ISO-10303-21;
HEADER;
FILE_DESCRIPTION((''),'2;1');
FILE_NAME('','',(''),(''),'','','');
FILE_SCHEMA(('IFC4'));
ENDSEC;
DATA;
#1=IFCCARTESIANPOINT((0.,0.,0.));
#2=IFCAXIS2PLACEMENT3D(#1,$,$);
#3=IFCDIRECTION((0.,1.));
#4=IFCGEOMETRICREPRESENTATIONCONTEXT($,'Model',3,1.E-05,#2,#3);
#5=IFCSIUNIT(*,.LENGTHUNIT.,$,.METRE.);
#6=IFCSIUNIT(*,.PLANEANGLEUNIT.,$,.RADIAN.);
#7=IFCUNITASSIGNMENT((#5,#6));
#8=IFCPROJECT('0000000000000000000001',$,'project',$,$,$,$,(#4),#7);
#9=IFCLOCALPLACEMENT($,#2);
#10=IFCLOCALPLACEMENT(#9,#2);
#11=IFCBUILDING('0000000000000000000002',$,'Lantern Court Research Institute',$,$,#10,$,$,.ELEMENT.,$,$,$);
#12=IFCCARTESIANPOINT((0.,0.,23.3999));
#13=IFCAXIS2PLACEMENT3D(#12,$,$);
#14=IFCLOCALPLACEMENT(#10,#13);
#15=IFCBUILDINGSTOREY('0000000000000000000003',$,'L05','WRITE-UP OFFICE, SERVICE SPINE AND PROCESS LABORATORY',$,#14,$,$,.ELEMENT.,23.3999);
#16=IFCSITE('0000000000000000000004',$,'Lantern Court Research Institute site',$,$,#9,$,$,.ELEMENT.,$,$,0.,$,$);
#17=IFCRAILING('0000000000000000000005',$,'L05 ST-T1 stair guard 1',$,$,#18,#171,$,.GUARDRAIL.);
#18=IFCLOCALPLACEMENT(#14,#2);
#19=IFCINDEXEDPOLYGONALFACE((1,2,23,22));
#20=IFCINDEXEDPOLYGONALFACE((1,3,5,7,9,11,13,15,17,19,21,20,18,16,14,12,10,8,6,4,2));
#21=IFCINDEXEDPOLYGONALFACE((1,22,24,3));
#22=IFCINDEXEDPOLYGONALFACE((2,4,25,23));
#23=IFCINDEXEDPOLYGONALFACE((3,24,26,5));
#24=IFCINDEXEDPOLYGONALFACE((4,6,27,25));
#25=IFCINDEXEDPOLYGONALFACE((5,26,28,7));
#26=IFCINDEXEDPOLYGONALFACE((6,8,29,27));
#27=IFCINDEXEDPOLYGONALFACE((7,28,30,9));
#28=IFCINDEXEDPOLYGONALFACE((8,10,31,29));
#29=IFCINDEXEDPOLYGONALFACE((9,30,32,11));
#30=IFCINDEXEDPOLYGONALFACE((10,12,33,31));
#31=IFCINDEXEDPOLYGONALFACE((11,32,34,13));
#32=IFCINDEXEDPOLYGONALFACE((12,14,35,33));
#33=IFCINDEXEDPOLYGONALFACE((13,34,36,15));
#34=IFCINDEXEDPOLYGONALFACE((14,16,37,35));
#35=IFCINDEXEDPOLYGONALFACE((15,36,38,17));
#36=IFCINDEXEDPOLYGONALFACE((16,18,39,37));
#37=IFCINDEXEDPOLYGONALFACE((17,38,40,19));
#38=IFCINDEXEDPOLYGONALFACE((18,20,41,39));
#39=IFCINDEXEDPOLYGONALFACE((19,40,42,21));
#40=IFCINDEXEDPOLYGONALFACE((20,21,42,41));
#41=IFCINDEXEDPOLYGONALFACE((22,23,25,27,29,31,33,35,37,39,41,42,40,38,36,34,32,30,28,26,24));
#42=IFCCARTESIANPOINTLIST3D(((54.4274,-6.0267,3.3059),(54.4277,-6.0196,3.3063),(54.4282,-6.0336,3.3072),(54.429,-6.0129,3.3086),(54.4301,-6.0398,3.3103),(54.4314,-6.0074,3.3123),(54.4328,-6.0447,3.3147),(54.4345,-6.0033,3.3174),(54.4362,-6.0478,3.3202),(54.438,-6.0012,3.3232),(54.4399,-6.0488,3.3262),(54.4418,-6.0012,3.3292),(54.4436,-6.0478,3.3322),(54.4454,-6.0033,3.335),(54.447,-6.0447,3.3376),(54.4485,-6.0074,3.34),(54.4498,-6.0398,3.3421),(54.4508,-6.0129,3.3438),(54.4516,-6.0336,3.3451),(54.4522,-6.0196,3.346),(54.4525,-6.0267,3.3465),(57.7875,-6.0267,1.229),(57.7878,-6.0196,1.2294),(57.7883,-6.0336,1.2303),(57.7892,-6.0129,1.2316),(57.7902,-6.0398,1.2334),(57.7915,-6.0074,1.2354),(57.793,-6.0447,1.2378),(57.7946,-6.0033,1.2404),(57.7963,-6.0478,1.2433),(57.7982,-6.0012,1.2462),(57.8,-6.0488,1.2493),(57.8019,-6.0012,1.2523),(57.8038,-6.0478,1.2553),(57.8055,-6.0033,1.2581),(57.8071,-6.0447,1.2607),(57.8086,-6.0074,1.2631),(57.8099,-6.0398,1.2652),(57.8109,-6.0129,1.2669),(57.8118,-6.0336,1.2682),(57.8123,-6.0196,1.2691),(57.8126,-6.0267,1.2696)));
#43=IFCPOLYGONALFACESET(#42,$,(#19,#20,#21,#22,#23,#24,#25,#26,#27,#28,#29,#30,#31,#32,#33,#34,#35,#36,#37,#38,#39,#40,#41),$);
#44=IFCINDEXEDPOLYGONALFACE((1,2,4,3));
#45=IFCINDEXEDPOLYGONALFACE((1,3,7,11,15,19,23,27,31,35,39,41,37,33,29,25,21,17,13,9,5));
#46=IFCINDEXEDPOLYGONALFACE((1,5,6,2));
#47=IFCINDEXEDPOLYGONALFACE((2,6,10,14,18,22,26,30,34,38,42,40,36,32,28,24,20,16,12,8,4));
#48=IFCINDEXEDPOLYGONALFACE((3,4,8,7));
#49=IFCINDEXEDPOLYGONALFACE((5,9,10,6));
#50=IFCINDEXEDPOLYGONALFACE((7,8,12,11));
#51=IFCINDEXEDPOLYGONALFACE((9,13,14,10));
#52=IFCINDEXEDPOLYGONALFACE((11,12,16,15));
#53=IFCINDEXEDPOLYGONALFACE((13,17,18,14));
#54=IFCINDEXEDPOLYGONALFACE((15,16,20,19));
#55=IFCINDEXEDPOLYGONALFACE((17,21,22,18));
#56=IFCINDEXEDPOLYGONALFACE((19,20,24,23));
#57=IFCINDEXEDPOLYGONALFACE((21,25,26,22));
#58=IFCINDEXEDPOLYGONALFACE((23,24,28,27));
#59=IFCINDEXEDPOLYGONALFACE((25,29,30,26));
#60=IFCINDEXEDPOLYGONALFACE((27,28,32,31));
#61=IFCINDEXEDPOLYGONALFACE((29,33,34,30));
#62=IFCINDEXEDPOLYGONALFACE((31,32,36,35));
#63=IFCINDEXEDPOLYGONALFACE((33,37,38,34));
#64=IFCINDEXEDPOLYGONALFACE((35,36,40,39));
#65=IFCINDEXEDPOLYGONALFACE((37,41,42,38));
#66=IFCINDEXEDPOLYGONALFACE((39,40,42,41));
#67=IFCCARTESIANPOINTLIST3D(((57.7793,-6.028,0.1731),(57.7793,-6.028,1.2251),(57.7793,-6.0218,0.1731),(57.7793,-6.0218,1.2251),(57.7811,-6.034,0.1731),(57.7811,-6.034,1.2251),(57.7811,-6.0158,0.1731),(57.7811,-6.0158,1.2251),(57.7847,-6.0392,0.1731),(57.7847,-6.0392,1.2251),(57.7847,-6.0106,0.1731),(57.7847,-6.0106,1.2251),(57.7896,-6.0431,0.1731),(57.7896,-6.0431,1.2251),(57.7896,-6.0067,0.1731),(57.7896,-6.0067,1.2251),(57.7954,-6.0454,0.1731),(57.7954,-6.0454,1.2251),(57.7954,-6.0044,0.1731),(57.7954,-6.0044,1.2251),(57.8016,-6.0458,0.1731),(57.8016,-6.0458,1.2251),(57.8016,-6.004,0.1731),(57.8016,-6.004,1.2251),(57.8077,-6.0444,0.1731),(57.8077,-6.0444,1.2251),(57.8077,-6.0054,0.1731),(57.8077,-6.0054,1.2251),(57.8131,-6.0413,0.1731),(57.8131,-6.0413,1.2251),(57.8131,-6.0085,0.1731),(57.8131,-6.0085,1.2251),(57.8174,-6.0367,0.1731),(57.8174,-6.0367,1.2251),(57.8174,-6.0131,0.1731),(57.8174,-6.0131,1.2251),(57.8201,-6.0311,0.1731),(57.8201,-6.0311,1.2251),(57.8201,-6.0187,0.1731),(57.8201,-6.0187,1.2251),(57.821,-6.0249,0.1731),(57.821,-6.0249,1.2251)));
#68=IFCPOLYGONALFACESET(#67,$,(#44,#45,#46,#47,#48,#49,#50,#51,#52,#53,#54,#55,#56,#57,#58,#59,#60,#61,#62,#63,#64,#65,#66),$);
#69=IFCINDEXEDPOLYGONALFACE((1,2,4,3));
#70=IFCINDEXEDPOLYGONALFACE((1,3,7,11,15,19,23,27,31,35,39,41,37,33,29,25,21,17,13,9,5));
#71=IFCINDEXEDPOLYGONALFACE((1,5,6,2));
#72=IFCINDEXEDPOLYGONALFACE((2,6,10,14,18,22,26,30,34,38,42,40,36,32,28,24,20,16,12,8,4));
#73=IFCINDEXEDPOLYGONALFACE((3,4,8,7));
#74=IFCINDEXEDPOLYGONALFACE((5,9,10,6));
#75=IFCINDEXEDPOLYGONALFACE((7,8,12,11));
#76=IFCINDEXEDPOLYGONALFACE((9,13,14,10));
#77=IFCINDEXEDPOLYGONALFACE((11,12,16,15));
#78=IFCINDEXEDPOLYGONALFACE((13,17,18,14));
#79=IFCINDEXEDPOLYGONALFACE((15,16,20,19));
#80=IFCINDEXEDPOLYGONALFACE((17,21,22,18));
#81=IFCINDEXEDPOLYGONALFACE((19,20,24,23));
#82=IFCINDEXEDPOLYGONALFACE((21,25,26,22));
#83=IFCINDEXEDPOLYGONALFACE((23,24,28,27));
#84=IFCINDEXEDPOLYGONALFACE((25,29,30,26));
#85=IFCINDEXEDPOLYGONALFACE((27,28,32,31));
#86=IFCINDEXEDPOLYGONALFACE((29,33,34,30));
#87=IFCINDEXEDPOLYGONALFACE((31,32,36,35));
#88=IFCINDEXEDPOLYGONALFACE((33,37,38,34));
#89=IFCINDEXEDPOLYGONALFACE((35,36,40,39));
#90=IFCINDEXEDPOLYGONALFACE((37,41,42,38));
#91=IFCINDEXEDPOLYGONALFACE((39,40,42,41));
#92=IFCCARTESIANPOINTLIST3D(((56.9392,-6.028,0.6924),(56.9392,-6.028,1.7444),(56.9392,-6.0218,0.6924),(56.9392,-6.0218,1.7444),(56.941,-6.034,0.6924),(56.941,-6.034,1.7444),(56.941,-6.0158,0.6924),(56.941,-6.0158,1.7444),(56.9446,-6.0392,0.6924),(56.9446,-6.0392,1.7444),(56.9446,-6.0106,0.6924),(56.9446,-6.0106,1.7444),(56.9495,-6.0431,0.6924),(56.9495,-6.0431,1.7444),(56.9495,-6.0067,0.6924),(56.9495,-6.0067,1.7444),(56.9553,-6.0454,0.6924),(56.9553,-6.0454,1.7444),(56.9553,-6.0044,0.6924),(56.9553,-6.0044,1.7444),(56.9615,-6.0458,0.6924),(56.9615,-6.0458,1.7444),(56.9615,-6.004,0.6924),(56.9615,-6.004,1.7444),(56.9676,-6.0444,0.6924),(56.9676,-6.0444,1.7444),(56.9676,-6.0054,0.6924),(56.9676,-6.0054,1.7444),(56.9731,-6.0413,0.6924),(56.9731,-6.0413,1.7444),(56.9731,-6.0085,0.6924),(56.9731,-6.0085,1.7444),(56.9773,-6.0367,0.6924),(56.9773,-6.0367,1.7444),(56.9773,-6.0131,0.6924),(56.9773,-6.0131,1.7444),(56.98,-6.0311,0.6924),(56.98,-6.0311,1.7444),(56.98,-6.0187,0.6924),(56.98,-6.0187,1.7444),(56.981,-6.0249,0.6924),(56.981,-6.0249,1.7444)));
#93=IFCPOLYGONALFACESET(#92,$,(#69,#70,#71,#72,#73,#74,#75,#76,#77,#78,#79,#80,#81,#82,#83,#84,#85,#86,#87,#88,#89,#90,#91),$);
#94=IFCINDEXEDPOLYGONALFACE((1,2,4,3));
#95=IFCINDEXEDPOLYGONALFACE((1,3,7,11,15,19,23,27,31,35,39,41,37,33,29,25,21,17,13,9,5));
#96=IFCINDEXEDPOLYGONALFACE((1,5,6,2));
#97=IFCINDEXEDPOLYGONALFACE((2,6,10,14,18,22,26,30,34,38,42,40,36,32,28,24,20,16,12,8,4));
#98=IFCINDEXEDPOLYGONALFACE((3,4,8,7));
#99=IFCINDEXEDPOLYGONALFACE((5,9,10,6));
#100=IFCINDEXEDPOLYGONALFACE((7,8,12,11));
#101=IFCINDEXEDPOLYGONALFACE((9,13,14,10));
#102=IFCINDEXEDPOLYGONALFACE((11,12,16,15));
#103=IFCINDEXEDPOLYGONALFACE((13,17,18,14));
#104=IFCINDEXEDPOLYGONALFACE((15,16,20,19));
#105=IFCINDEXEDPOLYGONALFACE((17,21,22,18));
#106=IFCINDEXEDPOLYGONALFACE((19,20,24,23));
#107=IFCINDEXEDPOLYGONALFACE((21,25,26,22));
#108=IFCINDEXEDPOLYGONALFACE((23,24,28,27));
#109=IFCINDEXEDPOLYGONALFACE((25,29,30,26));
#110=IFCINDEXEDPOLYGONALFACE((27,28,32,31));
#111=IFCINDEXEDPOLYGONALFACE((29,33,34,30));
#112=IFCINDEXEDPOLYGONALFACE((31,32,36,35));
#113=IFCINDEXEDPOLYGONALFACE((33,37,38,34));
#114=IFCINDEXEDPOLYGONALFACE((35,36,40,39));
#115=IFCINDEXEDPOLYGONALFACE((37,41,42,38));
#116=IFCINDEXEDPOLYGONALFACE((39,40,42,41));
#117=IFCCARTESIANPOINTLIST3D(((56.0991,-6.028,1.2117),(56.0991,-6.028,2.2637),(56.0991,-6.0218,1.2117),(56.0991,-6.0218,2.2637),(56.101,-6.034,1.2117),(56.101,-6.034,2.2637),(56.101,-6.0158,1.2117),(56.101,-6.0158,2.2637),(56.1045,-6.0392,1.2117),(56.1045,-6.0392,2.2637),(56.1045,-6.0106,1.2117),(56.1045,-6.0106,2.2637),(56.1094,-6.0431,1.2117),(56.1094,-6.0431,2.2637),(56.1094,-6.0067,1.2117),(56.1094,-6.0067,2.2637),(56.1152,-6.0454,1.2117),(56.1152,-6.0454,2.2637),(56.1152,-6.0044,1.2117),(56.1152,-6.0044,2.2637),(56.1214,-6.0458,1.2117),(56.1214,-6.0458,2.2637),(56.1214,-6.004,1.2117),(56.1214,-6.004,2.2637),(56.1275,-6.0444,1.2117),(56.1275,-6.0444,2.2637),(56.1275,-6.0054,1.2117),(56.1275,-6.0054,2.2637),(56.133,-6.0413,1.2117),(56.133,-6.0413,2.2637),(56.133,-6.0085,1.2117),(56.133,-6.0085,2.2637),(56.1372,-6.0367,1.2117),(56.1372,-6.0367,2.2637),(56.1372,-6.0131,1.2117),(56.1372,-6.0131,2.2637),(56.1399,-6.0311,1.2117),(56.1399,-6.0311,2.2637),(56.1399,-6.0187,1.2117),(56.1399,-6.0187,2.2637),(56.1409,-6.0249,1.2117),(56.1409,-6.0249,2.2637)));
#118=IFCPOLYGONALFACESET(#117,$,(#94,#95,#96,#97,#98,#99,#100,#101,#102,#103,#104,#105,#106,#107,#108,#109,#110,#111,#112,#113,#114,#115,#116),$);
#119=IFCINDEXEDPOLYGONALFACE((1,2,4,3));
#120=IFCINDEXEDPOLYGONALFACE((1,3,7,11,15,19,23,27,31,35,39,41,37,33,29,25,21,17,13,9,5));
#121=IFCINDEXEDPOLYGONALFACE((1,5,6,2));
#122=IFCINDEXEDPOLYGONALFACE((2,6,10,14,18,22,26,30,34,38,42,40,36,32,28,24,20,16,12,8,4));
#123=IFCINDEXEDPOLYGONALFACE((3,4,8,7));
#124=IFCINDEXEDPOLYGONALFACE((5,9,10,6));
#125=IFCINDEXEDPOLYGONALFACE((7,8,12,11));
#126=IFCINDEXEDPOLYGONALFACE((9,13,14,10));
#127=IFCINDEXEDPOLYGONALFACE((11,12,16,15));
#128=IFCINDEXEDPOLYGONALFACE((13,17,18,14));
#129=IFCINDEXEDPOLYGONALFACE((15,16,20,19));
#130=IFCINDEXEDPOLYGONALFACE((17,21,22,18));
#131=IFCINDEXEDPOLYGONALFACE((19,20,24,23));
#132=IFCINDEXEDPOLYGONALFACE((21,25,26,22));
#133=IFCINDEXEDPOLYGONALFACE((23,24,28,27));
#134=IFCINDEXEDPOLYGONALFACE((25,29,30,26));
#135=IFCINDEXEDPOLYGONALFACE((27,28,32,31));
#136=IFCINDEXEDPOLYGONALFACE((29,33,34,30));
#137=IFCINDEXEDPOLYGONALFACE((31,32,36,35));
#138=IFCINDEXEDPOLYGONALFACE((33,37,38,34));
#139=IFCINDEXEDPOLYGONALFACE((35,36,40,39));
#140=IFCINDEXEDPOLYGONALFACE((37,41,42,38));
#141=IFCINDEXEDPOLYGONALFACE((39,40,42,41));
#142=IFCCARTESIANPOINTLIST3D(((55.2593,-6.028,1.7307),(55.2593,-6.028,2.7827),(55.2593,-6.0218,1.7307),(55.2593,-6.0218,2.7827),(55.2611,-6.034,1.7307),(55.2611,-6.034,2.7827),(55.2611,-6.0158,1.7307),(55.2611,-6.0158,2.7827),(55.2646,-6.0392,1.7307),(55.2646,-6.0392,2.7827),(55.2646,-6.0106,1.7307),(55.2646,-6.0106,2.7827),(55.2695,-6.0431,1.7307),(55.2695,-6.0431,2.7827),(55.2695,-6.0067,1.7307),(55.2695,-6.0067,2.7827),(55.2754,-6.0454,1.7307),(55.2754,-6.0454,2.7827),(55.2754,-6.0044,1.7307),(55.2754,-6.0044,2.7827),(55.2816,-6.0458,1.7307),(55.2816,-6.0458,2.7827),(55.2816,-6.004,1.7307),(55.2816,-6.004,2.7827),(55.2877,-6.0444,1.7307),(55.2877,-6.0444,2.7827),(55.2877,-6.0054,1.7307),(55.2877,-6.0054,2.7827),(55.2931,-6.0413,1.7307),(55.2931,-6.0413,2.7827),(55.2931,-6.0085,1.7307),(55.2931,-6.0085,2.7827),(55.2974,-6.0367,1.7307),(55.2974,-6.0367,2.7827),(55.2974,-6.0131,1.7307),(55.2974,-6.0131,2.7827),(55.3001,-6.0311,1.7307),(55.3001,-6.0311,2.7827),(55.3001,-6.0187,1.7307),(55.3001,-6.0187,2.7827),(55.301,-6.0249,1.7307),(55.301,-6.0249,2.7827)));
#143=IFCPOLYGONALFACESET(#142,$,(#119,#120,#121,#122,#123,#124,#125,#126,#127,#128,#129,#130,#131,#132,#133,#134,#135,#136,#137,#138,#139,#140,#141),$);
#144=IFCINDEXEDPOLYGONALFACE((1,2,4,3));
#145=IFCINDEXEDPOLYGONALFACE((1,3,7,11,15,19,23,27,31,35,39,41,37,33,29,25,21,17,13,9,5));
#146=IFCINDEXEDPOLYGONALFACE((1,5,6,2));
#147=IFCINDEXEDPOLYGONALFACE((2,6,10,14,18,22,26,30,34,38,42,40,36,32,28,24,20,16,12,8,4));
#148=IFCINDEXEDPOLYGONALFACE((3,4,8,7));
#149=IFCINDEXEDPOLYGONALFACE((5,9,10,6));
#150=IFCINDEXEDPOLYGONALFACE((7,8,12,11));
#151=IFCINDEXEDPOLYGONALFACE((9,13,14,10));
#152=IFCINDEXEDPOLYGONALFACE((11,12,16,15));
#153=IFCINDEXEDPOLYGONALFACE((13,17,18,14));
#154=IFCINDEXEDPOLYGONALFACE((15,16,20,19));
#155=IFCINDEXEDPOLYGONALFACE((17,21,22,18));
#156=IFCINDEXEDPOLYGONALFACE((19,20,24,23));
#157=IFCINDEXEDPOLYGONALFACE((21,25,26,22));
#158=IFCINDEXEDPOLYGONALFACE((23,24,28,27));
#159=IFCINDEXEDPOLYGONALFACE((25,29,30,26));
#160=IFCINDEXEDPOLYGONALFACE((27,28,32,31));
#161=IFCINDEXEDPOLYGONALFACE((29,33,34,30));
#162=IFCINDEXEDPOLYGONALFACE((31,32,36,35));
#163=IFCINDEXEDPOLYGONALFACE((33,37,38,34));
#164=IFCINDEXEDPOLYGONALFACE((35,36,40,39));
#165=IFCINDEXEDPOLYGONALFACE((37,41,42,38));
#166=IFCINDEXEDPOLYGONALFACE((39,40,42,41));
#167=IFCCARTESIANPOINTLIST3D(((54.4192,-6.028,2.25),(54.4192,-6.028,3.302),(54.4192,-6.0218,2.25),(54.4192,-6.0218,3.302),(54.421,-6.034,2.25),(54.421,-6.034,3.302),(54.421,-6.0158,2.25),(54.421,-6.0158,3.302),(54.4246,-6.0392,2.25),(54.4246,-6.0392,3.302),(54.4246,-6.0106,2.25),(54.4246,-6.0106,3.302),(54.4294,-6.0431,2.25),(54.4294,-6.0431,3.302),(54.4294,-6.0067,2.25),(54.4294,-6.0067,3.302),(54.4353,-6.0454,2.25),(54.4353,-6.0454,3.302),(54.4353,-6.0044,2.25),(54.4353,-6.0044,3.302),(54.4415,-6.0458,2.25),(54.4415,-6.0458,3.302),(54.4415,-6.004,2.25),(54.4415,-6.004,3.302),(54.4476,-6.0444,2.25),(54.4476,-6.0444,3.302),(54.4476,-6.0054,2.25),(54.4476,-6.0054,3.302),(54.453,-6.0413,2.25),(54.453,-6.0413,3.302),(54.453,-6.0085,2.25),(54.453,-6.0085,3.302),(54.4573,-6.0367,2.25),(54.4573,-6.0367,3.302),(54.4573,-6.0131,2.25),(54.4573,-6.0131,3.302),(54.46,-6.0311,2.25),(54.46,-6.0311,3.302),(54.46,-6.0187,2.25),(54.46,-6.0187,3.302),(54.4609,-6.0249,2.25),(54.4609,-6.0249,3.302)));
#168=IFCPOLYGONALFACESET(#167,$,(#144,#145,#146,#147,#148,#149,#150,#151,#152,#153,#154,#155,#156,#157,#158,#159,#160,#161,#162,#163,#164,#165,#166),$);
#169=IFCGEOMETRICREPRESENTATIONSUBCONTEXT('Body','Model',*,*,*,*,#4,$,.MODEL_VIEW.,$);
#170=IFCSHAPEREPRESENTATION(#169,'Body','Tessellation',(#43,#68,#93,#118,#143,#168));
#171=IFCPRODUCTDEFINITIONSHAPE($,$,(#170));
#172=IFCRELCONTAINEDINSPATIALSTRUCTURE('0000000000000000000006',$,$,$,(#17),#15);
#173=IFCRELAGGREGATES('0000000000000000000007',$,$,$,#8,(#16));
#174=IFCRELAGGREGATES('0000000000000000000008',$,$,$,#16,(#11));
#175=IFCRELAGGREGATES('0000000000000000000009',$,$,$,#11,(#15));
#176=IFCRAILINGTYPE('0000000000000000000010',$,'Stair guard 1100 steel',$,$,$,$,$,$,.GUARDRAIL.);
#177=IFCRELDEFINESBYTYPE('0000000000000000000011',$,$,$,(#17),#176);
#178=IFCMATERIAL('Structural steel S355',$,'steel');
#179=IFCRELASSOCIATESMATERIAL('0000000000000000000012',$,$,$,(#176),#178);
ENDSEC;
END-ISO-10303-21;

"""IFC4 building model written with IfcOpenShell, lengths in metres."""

from ifc_helpers import new_model, si_unit, direction, frame, origin, origin_2d, place, context, subcontext, project, spatial, circle, extrude, material, type_object, element, save


model = new_model("IFC4")

# Units and contexts
model_context = context("Model", 3, precision=1e-05, world=origin(), true_north=direction((0.0, 1.0)))
body_context = subcontext(model_context, "Body", "Model", "MODEL_VIEW")
ifc_project = project(units=[si_unit("LENGTHUNIT", "METRE"), si_unit("PLANEANGLEUNIT", "RADIAN")], contexts=[model_context])

# Site, building, storey
site_placement = place(None, origin())
site = spatial("IfcSite", under=ifc_project, at=site_placement, Name="Lantern Court Research Institute site", CompositionType="ELEMENT", RefElevation=0.0)
building_placement = place(site_placement, origin())
building = spatial("IfcBuilding", under=site, at=building_placement, Name="Lantern Court Research Institute", CompositionType="ELEMENT")
storey_placement = place(building_placement, frame((0.0, 0.0, 23.3999)))
storey = spatial("IfcBuildingStorey", under=building, at=storey_placement, Name="L05", Description="WRITE-UP OFFICE, SERVICE SPINE AND PROCESS LABORATORY", CompositionType="ELEMENT", Elevation=23.3999)

# Railing
ifc_material_1 = material(Name="Structural steel S355", Category="steel")
railing_type_1 = type_object("IfcRailingType", Name="Stair guard 1100 steel", PredefinedType="GUARDRAIL", material=ifc_material_1)
railing_1_placement = place(storey_placement, frame((57.8, -6.0249, 0.1731)))
element("IfcRailing", 1, at=railing_1_placement, inside=storey, type_object=railing_type_1, Name="L05 ST-T1 stair guard 1", PredefinedType="GUARDRAIL", context=body_context, shape_type="SweptSolid", body=[
    extrude(circle(Radius=0.0239, at=origin_2d()), frame((0.0, 0.0, 1.0762), z_axis=(-0.850623, 0.0, 0.525776), x_axis=(0.0, -1.0, 0.0)), (0.0, 0.0, 1.0), 3.9502),
    extrude(circle(Radius=0.021, at=origin_2d()), origin(), (0.0, 0.0, 1.0), 1.052),
    extrude(circle(Radius=0.021, at=origin_2d()), frame((-0.8401, 0.0, 0.5193)), (0.0, 0.0, 1.0), 1.052),
    extrude(circle(Radius=0.021, at=origin_2d()), frame((-1.6802, 0.0, 1.0386)), (0.0, 0.0, 1.0), 1.052),
    extrude(circle(Radius=0.021, at=origin_2d()), frame((-2.52, 0.0, 1.5576)), (0.0, 0.0, 1.0), 1.052),
    extrude(circle(Radius=0.021, at=origin_2d()), frame((-3.3601, 0.0, 2.0769)), (0.0, 0.0, 1.0), 1.052),
])

save(model, "model.ifc")
